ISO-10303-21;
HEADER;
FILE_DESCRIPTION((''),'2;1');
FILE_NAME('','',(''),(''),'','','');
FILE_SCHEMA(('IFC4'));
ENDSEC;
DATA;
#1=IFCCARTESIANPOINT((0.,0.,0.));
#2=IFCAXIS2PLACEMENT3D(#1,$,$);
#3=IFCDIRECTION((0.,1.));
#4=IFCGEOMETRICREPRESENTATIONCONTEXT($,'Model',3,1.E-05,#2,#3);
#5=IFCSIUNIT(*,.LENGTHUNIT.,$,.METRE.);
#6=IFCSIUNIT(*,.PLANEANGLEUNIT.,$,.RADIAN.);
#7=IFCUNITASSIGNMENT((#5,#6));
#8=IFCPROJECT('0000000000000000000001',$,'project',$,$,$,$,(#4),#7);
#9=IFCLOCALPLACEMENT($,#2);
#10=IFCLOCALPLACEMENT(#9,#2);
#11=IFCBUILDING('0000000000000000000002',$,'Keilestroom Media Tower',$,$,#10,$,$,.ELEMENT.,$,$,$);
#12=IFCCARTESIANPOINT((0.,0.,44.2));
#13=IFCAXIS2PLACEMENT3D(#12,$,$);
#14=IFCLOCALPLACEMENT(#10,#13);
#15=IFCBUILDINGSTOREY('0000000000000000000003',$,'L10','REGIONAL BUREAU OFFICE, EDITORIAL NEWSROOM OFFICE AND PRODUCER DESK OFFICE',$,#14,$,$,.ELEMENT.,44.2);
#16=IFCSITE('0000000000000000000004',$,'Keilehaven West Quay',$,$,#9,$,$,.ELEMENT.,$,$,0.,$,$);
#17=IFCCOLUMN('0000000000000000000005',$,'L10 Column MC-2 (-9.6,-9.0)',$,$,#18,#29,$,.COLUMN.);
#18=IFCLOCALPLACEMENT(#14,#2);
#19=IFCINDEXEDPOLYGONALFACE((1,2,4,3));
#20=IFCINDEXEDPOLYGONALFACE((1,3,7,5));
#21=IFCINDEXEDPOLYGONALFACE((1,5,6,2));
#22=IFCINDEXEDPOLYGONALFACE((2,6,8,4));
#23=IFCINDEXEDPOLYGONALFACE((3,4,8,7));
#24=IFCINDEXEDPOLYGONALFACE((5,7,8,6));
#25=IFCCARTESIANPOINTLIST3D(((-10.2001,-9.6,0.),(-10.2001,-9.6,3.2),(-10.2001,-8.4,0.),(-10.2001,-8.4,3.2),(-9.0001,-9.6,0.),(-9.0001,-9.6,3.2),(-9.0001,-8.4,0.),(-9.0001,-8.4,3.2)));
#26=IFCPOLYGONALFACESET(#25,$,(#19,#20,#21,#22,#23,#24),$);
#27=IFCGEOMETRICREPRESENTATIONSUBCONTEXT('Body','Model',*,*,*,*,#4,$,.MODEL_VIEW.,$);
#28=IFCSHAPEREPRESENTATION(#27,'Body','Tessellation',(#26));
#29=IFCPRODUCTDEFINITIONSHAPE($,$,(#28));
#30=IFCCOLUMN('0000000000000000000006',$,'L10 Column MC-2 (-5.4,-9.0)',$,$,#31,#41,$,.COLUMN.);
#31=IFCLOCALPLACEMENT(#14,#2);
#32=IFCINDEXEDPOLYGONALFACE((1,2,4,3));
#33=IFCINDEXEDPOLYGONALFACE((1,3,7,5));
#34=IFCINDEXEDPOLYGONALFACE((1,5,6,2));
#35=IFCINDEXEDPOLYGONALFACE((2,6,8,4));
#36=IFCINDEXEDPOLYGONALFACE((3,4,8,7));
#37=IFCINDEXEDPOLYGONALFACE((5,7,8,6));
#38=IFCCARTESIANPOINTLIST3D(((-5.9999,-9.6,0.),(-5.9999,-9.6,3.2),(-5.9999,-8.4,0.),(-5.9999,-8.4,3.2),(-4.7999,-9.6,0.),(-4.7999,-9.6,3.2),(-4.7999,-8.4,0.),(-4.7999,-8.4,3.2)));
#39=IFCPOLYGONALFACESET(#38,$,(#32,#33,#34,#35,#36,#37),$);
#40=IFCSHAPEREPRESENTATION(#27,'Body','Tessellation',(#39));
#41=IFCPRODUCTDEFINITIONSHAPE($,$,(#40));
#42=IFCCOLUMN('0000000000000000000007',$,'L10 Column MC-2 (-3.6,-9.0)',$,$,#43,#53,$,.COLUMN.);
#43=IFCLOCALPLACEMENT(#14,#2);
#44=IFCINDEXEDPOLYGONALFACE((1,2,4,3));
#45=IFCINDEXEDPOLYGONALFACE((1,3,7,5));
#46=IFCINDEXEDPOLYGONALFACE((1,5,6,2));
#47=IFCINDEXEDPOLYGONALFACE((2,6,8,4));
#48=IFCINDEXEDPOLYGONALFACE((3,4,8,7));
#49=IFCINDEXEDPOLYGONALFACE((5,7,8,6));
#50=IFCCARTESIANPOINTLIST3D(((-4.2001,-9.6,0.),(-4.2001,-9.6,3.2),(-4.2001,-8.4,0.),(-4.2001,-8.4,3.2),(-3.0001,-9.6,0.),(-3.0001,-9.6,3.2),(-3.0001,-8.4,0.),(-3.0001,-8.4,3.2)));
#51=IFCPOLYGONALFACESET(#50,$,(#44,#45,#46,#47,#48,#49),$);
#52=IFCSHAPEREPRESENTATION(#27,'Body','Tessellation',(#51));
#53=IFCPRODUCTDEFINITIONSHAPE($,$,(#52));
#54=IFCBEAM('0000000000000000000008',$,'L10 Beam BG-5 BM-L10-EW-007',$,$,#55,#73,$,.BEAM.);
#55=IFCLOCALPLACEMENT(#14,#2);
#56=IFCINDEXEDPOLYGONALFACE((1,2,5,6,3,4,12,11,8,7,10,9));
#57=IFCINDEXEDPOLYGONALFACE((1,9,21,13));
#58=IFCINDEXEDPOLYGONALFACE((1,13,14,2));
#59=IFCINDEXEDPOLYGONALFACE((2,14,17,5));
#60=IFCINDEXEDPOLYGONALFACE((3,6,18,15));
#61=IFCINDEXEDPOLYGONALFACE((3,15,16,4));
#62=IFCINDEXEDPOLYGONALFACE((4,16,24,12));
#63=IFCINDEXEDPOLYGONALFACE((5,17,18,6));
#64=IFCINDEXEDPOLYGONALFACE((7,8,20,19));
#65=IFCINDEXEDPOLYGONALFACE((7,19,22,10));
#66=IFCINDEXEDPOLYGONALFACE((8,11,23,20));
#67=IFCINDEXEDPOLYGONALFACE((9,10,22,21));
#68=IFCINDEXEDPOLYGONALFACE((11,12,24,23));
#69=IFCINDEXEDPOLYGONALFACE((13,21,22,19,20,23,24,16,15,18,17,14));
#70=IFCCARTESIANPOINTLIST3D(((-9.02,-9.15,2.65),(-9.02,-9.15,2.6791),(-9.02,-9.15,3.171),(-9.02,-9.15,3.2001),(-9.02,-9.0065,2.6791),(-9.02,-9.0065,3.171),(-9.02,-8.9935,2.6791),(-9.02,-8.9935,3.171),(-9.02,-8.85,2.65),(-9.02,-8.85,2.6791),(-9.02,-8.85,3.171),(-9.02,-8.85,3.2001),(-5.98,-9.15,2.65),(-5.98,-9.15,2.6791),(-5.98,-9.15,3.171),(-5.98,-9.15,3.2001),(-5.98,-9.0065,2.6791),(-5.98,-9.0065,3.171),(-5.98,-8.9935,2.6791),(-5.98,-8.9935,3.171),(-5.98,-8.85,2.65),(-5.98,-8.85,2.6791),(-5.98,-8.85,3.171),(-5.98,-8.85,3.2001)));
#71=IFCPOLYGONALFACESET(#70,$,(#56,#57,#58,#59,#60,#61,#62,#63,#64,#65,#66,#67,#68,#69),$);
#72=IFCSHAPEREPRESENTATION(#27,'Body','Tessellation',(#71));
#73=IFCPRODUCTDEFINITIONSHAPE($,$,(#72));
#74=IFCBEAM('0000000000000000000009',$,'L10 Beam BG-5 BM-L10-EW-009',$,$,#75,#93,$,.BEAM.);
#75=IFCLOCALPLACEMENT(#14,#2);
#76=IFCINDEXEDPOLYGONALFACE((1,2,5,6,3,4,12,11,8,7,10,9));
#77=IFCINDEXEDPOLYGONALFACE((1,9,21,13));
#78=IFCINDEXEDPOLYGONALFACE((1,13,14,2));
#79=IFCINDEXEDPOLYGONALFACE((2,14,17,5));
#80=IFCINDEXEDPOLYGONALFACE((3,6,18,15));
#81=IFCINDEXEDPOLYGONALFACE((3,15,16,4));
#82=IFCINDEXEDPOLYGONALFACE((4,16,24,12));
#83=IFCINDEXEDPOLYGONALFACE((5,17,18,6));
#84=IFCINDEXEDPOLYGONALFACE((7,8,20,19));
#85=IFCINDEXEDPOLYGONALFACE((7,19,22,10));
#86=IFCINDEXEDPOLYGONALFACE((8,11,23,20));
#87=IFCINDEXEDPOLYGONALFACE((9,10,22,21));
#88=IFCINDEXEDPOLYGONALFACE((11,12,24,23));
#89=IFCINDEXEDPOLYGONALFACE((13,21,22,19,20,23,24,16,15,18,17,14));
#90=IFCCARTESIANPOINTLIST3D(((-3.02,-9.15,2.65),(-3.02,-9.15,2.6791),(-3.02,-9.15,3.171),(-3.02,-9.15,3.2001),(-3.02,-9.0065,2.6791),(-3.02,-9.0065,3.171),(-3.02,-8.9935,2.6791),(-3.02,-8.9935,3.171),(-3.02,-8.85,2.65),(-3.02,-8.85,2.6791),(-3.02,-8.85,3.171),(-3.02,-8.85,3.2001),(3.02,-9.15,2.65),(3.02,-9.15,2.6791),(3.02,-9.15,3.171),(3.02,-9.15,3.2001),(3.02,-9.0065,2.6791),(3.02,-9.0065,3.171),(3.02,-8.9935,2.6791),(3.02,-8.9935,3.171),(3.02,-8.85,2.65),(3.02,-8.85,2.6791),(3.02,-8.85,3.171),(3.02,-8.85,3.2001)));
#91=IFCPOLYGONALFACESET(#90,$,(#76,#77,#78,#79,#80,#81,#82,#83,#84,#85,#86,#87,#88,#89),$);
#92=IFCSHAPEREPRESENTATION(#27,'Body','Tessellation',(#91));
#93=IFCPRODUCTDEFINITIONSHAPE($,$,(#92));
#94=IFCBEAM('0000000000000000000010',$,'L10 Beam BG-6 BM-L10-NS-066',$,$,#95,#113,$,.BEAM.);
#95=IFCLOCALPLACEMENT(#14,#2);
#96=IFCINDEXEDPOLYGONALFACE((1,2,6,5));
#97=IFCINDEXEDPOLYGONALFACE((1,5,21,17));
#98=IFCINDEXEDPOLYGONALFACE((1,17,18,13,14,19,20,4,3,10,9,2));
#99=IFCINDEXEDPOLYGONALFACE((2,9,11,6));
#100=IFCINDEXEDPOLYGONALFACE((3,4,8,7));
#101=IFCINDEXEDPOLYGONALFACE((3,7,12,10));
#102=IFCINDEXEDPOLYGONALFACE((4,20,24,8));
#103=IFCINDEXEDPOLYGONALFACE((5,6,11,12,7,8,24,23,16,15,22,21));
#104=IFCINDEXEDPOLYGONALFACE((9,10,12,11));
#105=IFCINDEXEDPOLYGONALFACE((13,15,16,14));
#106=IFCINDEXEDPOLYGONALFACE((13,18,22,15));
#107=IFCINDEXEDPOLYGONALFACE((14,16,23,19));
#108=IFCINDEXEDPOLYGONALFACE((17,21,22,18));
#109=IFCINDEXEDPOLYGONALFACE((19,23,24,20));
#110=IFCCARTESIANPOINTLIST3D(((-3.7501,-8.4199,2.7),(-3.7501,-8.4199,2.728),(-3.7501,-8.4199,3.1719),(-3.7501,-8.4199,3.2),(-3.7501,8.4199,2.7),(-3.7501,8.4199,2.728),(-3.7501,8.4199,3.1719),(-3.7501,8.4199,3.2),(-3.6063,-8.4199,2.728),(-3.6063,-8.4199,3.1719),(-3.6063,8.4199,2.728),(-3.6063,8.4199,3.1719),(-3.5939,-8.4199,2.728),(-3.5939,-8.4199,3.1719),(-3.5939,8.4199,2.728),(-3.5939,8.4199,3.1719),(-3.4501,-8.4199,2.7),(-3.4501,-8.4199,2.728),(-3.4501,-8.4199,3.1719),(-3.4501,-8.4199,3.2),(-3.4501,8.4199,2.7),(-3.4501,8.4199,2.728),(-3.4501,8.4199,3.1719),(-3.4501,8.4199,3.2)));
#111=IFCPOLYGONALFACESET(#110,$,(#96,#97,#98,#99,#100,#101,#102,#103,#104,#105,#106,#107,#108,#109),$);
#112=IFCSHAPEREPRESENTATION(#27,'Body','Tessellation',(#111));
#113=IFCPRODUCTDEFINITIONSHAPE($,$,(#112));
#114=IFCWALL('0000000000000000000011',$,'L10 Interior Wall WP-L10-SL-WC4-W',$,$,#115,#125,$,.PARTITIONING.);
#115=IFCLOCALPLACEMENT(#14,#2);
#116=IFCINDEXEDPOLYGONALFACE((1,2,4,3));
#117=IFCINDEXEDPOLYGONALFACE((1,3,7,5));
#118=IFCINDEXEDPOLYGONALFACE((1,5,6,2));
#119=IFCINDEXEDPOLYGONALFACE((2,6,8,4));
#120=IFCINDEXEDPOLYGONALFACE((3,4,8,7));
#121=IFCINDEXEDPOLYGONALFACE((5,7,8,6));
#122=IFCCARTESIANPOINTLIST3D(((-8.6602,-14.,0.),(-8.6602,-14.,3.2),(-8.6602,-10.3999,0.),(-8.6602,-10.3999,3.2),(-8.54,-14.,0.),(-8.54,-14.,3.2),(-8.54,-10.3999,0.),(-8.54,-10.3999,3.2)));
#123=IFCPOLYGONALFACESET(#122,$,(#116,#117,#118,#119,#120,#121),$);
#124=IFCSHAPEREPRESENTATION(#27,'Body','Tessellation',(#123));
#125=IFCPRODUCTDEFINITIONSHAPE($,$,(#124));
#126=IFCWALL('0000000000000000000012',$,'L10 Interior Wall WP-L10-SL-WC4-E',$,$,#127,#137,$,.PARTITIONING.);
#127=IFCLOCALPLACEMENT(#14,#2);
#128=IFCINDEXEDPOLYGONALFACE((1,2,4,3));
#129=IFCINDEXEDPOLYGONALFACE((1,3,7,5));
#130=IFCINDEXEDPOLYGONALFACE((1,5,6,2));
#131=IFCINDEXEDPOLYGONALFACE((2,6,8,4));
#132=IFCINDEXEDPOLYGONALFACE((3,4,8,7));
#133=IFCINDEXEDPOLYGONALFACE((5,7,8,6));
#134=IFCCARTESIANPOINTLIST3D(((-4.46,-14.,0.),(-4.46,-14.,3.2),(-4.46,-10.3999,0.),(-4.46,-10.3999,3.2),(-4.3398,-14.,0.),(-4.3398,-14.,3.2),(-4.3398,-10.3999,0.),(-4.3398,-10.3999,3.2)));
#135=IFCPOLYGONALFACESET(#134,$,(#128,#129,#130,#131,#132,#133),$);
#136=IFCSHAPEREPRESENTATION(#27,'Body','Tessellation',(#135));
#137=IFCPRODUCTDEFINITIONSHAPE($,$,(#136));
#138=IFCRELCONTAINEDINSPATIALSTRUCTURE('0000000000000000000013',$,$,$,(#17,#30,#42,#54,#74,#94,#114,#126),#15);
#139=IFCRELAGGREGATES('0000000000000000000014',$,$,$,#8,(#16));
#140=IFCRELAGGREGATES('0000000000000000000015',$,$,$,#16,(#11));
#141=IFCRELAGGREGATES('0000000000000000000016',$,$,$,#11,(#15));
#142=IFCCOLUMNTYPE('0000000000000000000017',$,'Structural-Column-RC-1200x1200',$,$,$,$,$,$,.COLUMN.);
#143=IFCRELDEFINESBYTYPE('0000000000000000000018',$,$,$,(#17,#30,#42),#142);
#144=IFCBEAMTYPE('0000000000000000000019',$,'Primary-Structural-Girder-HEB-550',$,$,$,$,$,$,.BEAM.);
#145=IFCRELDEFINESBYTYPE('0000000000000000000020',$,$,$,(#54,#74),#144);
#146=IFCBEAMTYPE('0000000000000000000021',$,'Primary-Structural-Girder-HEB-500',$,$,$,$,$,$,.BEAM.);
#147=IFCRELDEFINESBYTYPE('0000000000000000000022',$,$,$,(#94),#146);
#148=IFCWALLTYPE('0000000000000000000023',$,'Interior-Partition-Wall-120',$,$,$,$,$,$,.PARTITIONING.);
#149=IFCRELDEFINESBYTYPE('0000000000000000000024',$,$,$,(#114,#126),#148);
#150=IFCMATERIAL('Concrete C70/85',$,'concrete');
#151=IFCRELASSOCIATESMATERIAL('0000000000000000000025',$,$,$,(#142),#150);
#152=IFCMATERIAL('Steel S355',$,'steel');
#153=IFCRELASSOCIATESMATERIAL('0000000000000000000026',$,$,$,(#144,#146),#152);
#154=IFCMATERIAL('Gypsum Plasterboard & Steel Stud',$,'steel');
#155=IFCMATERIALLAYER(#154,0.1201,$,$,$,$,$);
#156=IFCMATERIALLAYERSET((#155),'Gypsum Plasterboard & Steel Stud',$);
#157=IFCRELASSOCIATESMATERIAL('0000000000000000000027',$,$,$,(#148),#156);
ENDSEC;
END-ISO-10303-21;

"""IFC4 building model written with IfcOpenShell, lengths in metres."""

from ifc_helpers import new_model, si_unit, direction, frame, frame_2d, origin, origin_2d, place, context, subcontext, project, spatial, rectangle, i_section, extrude, source, transform, mapped, material, layer, layer_set, material_profile, profile_set, type_object, element, save


model = new_model("IFC4")

# Units and contexts
model_context = context("Model", 3, precision=1e-05, world=origin(), true_north=direction((0.0, 1.0)))
body_context = subcontext(model_context, "Body", "Model", "MODEL_VIEW")
ifc_project = project(units=[si_unit("LENGTHUNIT", "METRE"), si_unit("PLANEANGLEUNIT", "RADIAN")], contexts=[model_context])

# Site, building, storey
site_placement = place(None, origin())
site = spatial("IfcSite", under=ifc_project, at=site_placement, Name="Keilehaven West Quay", CompositionType="ELEMENT", RefElevation=0.0)
building_placement = place(site_placement, origin())
building = spatial("IfcBuilding", under=site, at=building_placement, Name="Keilestroom Media Tower", CompositionType="ELEMENT")
storey_placement = place(building_placement, frame((0.0, 0.0, 44.2)))
storey = spatial("IfcBuildingStorey", under=building, at=storey_placement, Name="L10", Description="REGIONAL BUREAU OFFICE, EDITORIAL NEWSROOM OFFICE AND PRODUCER DESK OFFICE", CompositionType="ELEMENT", Elevation=44.2)

# Columns
ifc_material_1 = material(Name="Concrete C70/85", Category="concrete")
ifc_material_profile_1 = material_profile(ifc_material_1, rectangle(XDim=1.2, YDim=1.2, at=origin_2d()), Name="RC 1200x1200")
ifc_profile_set_1 = profile_set([ifc_material_profile_1], Name="Concrete C70/85")
column_type = type_object("IfcColumnType", Name="Structural-Column-RC-1200x1200", PredefinedType="COLUMN", material=ifc_profile_set_1)
shared_shape_1 = source(origin(), body_context, "Body", "SweptSolid", [
    extrude(rectangle(XDim=1.2, YDim=1.2, at=origin_2d()), origin(), (0.0, 0.0, 1.0), 3.2),
])
for number, where, z_axis, x_axis, name in (
    (1, (-9.6001, -9.0, 0.0), (0.0, 0.0, 1.0), (1.0, 0.0, 0.0), "L10 Column MC-2 (-9.6,-9.0)"),
    (2, (-5.3999, -9.0, 0.0), (0.0, 0.0, 1.0), (1.0, 0.0, 0.0), "L10 Column MC-2 (-5.4,-9.0)"),
    (3, (-3.6001, -9.0, 0.0), (0.0, 0.0, 1.0), (1.0, 0.0, 0.0), "L10 Column MC-2 (-3.6,-9.0)"),
):
    element("IfcColumn", number, at=place(storey_placement, frame(where, z_axis=z_axis, x_axis=x_axis)), inside=storey, type_object=column_type, Name=name, PredefinedType="COLUMN", context=body_context, shape_type="MappedRepresentation", body=[
        mapped(shared_shape_1, transform((0.0, 0.0, 0.0), x_axis=(1.0, 0.0, 0.0), y_axis=(0.0, 1.0, 0.0), z_axis=(0.0, 0.0, 1.0), scale=1.0)),
    ])

# Beams
ifc_material_2 = material(Name="Steel S355", Category="steel")
ifc_material_profile_2 = material_profile(ifc_material_2, i_section(OverallWidth=0.3, OverallDepth=0.55, WebThickness=0.0129, FlangeThickness=0.0291, at=origin_2d()), Name="HEB 550")
ifc_profile_set_2 = profile_set([ifc_material_profile_2], Name="Steel S355")
beam_type_1 = type_object("IfcBeamType", Name="Primary-Structural-Girder-HEB-550", PredefinedType="BEAM", material=ifc_profile_set_2)
shared_shape_2 = source(origin(), body_context, "Body", "SweptSolid", [
    extrude(i_section(OverallWidth=0.3, OverallDepth=0.55, WebThickness=0.0129, FlangeThickness=0.0291, at=origin_2d()), origin(), (0.0, 0.0, 1.0), 3.04),
])
beam_1_placement = place(storey_placement, frame((-9.02, -9.0, 2.925), z_axis=(1.0, 0.0, 0.0), x_axis=(0.0, 1.0, 0.0)))
element("IfcBeam", 4, at=beam_1_placement, inside=storey, type_object=beam_type_1, Name="L10 Beam BG-5 BM-L10-EW-007", PredefinedType="BEAM", context=body_context, shape_type="MappedRepresentation", body=[
    mapped(shared_shape_2, transform((0.0, 0.0, 0.0), x_axis=(1.0, 0.0, 0.0), y_axis=(0.0, 1.0, 0.0), z_axis=(0.0, 0.0, 1.0), scale=1.0)),
])
shared_shape_3 = source(origin(), body_context, "Body", "SweptSolid", [
    extrude(i_section(OverallWidth=0.3, OverallDepth=0.55, WebThickness=0.0129, FlangeThickness=0.0291, at=origin_2d()), origin(), (0.0, 0.0, 1.0), 6.04),
])
beam_2_placement = place(storey_placement, frame((-3.02, -9.0, 2.925), z_axis=(1.0, 0.0, 0.0), x_axis=(0.0, 1.0, 0.0)))
element("IfcBeam", 5, at=beam_2_placement, inside=storey, type_object=beam_type_1, Name="L10 Beam BG-5 BM-L10-EW-009", PredefinedType="BEAM", context=body_context, shape_type="MappedRepresentation", body=[
    mapped(shared_shape_3, transform((0.0, 0.0, 0.0), x_axis=(1.0, 0.0, 0.0), y_axis=(0.0, 1.0, 0.0), z_axis=(0.0, 0.0, 1.0), scale=1.0)),
])
ifc_material_profile_3 = material_profile(ifc_material_2, i_section(OverallWidth=0.3, OverallDepth=0.5, WebThickness=0.0125, FlangeThickness=0.0281, at=origin_2d()), Name="HEB 500")
ifc_profile_set_3 = profile_set([ifc_material_profile_3], Name="Steel S355")
beam_type_2 = type_object("IfcBeamType", Name="Primary-Structural-Girder-HEB-500", PredefinedType="BEAM", material=ifc_profile_set_3)
shared_shape_4 = source(origin(), body_context, "Body", "SweptSolid", [
    extrude(i_section(OverallWidth=0.3, OverallDepth=0.5, WebThickness=0.0125, FlangeThickness=0.0281, at=origin_2d()), origin(), (0.0, 0.0, 1.0), 16.8398),
])
beam_3_placement = place(storey_placement, frame((-3.6001, -8.4199, 2.95), z_axis=(0.0, 1.0, 0.0), x_axis=(-1.0, 0.0, 0.0)))
element("IfcBeam", 6, at=beam_3_placement, inside=storey, type_object=beam_type_2, Name="L10 Beam BG-6 BM-L10-NS-066", PredefinedType="BEAM", context=body_context, shape_type="MappedRepresentation", body=[
    mapped(shared_shape_4, transform((0.0, 0.0, 0.0), x_axis=(1.0, 0.0, 0.0), y_axis=(0.0, 1.0, 0.0), z_axis=(0.0, 0.0, 1.0), scale=1.0)),
])

# Walls
ifc_material_3 = material(Name="Gypsum Plasterboard & Steel Stud", Category="steel")
ifc_layer_1 = layer(ifc_material_3, 0.1201)
ifc_layer_set_1 = layer_set([ifc_layer_1], Name="Gypsum Plasterboard & Steel Stud")
wall_type_1 = type_object("IfcWallType", Name="Interior-Partition-Wall-120", PredefinedType="PARTITIONING", material=ifc_layer_set_1)
for number, where, z_axis, x_axis, name in (
    (7, (-8.6001, -14.0, 0.0), (0.0, 0.0, 1.0), (0.0, 1.0, 0.0), "L10 Interior Wall WP-L10-SL-WC4-W"),
    (8, (-4.3999, -14.0, 0.0), (0.0, 0.0, 1.0), (0.0, 1.0, 0.0), "L10 Interior Wall WP-L10-SL-WC4-E"),
):
    element("IfcWall", number, at=place(storey_placement, frame(where, z_axis=z_axis, x_axis=x_axis)), inside=storey, type_object=wall_type_1, Name=name, PredefinedType="PARTITIONING", context=body_context, shape_type="SweptSolid", body=[
        extrude(rectangle(XDim=3.6001, YDim=0.1201, at=frame_2d((1.8, 0.0))), origin(), (0.0, 0.0, 1.0), 3.2),
    ])

save(model, "model.ifc")
